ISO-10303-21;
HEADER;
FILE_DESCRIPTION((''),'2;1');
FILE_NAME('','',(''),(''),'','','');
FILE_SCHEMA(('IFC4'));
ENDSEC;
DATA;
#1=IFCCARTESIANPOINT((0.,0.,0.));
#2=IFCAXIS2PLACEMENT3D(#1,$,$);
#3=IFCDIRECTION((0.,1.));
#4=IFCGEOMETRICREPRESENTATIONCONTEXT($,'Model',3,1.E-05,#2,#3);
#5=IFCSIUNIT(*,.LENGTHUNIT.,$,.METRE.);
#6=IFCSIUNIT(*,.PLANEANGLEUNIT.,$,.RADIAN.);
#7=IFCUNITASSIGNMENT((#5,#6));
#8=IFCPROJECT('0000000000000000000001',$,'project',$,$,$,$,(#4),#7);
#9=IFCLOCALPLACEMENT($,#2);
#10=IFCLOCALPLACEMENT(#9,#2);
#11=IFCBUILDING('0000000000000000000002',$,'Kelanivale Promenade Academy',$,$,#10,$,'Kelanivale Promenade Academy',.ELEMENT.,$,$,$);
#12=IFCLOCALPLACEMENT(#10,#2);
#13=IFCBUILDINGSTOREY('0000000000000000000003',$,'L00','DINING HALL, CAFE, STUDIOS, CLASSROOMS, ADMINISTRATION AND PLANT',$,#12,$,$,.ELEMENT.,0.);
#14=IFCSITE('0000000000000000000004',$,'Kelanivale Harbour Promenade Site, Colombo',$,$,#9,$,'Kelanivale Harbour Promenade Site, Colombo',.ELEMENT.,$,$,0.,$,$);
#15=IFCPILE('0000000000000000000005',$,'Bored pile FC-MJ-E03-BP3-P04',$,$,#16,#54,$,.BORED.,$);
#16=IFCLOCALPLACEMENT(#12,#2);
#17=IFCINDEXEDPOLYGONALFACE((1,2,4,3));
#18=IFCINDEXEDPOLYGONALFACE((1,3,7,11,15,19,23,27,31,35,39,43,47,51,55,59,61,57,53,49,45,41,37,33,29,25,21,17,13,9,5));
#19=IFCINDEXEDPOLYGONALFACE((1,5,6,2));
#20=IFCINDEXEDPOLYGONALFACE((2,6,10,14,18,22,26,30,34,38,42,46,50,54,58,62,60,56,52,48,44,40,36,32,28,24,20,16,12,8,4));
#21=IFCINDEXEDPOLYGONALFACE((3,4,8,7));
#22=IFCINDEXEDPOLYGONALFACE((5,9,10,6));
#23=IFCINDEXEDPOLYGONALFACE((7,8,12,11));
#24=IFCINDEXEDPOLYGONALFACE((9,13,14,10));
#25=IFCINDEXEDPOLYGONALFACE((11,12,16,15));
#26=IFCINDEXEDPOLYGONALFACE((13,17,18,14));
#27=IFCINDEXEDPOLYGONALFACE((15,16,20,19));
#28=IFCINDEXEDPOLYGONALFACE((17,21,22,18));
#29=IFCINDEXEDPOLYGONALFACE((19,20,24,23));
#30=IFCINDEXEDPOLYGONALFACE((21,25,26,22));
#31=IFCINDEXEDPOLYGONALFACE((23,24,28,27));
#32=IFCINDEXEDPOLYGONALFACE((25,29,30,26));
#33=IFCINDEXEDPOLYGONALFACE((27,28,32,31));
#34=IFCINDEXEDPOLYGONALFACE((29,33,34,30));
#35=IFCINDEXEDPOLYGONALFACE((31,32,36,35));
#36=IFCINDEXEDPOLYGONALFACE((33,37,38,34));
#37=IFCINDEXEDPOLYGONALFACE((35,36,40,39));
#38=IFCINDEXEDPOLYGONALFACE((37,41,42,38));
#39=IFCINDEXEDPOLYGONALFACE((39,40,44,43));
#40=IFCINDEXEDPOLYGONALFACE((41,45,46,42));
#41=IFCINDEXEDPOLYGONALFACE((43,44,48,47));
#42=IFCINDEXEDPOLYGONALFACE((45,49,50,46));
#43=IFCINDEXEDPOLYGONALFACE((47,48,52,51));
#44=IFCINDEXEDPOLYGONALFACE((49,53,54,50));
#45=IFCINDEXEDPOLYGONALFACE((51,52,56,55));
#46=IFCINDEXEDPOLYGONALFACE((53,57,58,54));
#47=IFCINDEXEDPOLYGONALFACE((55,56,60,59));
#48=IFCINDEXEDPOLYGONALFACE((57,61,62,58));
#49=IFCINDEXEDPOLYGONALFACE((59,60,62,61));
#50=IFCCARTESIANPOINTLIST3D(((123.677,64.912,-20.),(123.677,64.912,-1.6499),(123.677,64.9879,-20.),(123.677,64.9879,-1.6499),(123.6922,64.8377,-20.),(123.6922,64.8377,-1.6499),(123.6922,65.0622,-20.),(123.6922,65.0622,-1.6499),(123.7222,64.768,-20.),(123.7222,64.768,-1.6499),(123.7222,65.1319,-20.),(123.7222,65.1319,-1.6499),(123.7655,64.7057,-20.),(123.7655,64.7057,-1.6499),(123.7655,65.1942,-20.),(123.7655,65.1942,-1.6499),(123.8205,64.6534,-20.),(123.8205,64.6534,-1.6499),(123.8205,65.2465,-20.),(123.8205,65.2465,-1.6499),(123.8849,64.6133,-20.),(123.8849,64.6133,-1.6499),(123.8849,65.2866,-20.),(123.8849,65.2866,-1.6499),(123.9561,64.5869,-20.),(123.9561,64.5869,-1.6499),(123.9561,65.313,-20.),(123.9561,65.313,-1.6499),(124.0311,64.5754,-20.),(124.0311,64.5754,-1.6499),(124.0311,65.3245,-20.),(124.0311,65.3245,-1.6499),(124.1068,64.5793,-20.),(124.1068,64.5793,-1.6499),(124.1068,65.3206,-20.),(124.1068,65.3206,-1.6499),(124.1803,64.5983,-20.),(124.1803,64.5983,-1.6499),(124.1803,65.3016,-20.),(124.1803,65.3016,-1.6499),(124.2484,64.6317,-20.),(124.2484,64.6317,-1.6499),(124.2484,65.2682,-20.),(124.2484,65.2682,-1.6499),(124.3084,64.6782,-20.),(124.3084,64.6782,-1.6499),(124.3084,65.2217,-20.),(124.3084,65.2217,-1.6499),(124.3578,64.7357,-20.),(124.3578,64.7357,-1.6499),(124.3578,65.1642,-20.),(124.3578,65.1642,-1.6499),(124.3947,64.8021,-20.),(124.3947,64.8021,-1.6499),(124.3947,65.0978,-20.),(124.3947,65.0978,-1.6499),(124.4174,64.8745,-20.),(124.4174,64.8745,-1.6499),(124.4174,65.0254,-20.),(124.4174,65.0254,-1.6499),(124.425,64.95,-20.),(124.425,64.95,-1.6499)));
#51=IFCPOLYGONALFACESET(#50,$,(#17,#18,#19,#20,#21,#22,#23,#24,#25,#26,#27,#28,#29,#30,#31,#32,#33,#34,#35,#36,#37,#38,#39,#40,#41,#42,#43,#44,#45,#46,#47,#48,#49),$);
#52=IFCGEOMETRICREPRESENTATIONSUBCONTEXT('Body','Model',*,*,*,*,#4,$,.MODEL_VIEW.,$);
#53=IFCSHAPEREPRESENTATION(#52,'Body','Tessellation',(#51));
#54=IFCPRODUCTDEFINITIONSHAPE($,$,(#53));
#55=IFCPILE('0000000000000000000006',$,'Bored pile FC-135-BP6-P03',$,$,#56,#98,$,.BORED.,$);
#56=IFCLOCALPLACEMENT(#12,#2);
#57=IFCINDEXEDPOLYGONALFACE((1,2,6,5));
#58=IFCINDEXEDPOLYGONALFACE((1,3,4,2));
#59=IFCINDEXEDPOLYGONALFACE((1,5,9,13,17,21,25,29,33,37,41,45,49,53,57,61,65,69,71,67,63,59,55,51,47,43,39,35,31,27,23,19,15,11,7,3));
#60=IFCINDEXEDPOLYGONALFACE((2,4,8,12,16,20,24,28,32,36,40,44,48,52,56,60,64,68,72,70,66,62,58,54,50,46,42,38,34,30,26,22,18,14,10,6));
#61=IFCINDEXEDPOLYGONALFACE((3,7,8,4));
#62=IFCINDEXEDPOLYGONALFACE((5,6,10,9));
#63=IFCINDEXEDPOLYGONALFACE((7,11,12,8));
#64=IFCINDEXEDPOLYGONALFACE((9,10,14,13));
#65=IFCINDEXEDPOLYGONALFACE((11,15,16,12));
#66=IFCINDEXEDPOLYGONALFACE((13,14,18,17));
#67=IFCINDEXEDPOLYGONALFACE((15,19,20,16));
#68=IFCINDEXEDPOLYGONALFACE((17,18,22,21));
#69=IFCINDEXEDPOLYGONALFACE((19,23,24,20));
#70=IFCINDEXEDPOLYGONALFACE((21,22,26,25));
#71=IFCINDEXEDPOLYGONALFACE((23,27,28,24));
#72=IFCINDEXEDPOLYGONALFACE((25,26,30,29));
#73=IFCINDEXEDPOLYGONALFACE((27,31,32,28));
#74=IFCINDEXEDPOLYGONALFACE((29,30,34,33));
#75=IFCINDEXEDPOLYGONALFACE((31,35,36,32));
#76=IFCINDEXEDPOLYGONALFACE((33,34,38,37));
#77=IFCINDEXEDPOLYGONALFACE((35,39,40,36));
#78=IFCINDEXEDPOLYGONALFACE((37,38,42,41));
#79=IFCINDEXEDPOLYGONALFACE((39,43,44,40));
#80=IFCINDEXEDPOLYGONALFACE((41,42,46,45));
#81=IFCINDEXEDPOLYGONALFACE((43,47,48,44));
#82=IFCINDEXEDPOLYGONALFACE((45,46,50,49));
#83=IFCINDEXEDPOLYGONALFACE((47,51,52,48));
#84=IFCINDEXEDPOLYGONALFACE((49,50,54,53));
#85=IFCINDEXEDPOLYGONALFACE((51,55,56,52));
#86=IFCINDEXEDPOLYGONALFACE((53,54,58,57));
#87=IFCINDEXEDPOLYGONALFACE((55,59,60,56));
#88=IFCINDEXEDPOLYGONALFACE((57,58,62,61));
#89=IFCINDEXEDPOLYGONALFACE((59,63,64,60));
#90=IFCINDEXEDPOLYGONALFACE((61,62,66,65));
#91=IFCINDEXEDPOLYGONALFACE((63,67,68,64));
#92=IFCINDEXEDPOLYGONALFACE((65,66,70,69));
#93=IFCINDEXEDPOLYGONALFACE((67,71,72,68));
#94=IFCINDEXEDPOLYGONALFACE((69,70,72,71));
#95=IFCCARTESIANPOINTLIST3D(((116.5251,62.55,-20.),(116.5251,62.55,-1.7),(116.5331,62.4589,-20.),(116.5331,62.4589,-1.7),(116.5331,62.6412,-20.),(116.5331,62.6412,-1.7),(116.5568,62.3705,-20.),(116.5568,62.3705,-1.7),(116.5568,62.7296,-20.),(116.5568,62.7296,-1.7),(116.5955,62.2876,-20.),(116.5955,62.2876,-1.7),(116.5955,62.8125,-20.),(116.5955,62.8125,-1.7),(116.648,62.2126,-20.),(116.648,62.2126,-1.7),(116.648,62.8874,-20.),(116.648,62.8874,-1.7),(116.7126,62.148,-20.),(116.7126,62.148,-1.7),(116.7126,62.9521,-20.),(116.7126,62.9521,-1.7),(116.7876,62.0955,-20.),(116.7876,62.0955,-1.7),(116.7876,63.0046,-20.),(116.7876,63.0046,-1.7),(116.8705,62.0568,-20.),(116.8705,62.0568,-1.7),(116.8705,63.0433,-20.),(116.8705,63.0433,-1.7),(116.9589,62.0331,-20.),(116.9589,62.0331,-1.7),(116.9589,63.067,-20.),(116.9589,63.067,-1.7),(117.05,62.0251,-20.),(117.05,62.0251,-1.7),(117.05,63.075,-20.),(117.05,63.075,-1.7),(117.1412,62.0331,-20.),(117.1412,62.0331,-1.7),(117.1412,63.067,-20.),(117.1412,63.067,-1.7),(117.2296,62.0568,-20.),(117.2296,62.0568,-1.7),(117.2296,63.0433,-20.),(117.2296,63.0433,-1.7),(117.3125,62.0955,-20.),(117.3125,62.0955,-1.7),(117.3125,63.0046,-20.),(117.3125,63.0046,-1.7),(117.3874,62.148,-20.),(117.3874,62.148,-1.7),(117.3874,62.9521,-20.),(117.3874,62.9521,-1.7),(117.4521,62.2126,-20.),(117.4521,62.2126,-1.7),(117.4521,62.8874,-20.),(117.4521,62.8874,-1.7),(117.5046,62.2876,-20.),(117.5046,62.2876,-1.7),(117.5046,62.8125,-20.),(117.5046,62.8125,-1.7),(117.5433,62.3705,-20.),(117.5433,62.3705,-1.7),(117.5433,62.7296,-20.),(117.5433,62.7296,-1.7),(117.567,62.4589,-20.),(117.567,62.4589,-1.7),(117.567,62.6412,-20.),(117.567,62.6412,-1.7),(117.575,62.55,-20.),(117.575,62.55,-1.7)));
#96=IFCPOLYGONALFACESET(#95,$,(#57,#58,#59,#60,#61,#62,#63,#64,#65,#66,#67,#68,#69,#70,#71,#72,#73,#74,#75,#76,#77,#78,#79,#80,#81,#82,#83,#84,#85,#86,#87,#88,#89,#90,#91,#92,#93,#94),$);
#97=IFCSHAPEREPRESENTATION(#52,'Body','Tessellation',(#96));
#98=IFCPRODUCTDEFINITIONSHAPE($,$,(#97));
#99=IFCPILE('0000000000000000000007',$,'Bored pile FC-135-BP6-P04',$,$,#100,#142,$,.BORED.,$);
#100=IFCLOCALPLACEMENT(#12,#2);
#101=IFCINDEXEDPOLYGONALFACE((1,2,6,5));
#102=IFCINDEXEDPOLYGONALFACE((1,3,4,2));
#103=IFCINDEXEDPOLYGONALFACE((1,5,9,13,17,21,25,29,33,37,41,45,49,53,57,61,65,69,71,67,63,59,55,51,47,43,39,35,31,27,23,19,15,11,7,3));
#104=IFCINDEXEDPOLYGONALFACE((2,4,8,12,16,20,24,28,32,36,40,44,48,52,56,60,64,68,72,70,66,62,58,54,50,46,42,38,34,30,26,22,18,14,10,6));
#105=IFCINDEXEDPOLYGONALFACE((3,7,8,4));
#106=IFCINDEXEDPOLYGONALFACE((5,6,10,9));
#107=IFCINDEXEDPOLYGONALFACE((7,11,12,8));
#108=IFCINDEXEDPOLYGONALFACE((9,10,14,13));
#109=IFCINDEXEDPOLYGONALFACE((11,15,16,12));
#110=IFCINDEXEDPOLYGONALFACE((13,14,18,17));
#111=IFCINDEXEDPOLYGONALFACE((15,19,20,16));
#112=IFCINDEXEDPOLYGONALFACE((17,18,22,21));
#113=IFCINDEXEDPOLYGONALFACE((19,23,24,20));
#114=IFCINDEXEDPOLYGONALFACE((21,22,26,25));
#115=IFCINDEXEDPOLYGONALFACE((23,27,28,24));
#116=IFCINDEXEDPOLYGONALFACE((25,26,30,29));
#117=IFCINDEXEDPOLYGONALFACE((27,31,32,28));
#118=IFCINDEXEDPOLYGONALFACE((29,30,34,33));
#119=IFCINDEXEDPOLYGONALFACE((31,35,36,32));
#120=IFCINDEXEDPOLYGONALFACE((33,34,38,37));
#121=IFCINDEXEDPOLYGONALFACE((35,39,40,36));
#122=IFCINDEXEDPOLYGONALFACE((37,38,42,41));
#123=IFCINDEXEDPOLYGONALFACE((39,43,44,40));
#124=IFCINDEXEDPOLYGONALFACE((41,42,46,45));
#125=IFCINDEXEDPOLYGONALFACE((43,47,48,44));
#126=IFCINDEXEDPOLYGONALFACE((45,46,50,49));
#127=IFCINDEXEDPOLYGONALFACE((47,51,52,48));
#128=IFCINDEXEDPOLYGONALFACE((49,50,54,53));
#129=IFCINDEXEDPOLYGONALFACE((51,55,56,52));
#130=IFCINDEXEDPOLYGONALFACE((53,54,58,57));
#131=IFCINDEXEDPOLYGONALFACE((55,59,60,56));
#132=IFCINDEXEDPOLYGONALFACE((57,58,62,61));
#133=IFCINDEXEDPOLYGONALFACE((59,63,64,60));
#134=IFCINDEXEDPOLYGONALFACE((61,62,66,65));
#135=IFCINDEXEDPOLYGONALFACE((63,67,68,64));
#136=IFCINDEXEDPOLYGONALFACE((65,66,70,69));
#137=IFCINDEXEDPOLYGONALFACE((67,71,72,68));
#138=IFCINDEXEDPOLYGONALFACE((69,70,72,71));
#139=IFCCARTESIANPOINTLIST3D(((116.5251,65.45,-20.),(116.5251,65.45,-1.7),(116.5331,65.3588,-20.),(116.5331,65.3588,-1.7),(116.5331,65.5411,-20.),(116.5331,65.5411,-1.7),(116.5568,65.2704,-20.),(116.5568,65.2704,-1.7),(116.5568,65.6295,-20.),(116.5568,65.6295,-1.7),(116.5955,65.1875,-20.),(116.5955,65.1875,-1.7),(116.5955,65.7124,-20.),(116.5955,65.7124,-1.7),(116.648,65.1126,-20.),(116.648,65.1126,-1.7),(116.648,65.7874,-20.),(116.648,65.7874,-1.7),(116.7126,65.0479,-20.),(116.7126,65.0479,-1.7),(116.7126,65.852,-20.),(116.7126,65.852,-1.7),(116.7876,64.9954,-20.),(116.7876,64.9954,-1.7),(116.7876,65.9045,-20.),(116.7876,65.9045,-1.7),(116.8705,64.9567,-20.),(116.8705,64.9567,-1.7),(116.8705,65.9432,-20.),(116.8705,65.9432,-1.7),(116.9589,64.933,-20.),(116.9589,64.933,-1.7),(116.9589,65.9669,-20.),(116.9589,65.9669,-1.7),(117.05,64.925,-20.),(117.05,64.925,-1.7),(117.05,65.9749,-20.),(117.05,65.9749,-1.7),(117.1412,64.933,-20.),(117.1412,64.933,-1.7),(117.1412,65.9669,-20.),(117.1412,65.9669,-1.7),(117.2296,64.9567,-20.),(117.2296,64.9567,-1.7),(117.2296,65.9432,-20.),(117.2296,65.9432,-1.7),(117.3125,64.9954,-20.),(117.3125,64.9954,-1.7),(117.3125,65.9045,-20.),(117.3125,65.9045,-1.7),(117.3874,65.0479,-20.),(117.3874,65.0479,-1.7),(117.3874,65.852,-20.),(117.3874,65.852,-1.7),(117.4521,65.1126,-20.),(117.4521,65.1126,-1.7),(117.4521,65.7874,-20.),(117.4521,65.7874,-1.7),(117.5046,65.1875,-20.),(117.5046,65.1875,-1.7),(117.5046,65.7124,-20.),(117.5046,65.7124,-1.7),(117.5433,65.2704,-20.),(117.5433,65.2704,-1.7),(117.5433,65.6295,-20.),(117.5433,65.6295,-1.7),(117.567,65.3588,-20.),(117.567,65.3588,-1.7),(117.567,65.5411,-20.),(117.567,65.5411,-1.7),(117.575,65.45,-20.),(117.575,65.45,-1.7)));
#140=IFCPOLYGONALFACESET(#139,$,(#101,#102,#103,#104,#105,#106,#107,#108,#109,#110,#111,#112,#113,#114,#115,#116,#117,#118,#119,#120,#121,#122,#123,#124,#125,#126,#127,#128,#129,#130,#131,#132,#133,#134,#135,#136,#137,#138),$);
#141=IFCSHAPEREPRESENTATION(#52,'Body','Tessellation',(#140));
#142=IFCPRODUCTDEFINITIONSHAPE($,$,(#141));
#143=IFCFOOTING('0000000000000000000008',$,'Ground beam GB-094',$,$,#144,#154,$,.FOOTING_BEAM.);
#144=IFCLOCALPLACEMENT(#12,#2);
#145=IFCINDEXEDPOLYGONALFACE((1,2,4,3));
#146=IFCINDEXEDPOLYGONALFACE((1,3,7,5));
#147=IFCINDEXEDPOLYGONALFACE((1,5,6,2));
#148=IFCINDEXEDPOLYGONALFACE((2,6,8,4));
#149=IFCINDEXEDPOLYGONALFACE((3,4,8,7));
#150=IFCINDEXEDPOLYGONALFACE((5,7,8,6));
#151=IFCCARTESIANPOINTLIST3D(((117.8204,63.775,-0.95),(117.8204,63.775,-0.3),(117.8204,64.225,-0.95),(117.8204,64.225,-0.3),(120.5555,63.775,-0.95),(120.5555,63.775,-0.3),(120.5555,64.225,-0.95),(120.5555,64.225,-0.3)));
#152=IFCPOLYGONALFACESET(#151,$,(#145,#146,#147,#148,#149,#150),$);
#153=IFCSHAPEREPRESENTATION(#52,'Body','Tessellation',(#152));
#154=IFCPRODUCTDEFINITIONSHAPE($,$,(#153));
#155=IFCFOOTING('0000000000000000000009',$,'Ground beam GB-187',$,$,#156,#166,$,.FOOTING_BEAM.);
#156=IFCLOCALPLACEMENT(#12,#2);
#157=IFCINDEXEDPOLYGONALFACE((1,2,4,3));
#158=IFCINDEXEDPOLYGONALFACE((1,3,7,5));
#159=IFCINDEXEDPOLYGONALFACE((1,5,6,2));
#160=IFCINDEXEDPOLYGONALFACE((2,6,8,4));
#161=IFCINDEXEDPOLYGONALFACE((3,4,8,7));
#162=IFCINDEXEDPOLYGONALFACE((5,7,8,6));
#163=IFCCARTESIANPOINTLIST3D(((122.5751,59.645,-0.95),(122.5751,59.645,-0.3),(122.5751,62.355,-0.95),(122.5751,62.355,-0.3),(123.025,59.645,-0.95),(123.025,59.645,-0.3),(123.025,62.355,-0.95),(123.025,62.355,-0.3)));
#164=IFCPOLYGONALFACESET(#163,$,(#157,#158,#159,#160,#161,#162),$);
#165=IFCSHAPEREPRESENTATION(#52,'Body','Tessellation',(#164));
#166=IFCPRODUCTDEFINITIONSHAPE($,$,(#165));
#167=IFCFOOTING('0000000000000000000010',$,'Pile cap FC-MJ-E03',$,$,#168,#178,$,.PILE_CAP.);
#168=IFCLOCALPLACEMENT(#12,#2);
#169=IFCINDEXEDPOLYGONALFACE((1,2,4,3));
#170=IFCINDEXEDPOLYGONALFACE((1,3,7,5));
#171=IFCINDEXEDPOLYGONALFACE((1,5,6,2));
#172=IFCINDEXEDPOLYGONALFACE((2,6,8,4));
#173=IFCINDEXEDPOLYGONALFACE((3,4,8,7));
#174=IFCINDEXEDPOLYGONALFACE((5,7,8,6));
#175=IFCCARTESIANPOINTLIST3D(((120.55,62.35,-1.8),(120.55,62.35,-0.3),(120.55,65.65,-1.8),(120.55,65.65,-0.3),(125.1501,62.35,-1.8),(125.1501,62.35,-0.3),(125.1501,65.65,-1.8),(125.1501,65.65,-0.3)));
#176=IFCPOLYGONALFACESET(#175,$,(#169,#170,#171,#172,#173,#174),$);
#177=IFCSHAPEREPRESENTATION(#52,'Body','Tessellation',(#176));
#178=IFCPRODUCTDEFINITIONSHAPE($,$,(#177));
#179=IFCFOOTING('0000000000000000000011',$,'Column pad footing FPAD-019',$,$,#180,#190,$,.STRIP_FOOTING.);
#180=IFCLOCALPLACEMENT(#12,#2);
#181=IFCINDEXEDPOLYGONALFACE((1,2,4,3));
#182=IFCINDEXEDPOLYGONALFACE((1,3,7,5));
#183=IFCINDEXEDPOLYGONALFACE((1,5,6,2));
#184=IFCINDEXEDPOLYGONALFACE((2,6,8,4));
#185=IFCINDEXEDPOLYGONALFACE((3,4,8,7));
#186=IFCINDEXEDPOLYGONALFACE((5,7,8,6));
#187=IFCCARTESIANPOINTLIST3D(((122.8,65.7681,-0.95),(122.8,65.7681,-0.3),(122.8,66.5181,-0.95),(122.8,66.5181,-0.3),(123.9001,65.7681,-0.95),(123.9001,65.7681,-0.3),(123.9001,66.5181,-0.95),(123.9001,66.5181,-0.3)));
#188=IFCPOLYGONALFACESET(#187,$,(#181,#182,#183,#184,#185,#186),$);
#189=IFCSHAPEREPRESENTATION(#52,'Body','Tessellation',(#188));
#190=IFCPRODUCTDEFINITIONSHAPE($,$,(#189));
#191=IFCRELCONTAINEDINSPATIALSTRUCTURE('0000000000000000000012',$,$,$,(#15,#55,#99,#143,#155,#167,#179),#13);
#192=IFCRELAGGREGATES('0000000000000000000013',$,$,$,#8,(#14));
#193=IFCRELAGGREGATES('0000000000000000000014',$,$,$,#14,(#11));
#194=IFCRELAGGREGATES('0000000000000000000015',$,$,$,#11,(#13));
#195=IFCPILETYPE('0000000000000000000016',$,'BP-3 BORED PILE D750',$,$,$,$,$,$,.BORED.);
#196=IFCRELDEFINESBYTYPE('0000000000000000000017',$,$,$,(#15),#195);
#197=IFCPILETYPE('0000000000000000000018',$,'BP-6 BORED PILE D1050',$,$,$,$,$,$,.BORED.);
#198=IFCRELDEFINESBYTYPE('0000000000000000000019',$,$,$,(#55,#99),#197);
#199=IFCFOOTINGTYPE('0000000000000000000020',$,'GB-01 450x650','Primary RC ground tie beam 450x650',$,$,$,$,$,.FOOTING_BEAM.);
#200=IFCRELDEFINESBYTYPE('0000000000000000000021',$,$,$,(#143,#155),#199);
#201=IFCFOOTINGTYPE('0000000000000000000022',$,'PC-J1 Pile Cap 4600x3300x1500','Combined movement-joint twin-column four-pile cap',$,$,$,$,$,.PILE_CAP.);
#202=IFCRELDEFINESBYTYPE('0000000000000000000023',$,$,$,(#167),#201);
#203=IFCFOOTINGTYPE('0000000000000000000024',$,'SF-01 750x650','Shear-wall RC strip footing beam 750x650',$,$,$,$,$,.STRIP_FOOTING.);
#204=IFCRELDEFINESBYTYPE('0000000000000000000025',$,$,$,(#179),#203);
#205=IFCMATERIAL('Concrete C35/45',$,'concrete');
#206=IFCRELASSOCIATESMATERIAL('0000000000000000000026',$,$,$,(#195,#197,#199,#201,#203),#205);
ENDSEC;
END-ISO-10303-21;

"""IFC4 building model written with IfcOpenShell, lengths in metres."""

from ifc_helpers import new_model, si_unit, direction, frame, origin, origin_2d, place, context, subcontext, project, spatial, rectangle, circle, extrude, material, material_profile, profile_set, type_object, element, save


model = new_model("IFC4")

# Units and contexts
model_context = context("Model", 3, precision=1e-05, world=origin(), true_north=direction((0.0, 1.0)))
body_context = subcontext(model_context, "Body", "Model", "MODEL_VIEW")
ifc_project = project(units=[si_unit("LENGTHUNIT", "METRE"), si_unit("PLANEANGLEUNIT", "RADIAN")], contexts=[model_context])

# Site, building, storey
site_placement = place(None, origin())
site = spatial("IfcSite", under=ifc_project, at=site_placement, Name="Kelanivale Harbour Promenade Site, Colombo", LongName="Kelanivale Harbour Promenade Site, Colombo", CompositionType="ELEMENT", RefElevation=0.0)
building_placement = place(site_placement, origin())
building = spatial("IfcBuilding", under=site, at=building_placement, Name="Kelanivale Promenade Academy", LongName="Kelanivale Promenade Academy", CompositionType="ELEMENT")
storey_placement = place(building_placement, origin())
storey = spatial("IfcBuildingStorey", under=building, at=storey_placement, Name="L00", Description="DINING HALL, CAFE, STUDIOS, CLASSROOMS, ADMINISTRATION AND PLANT", CompositionType="ELEMENT", Elevation=0.0)

# Piles
ifc_material_1 = material(Name="Concrete C35/45", Category="concrete")
ifc_material_profile_1 = material_profile(ifc_material_1, circle(Radius=0.375, at=origin_2d()), Name="BORED PILE D750")
ifc_profile_set_1 = profile_set([ifc_material_profile_1], Name="Concrete C35/45")
pile_type_1 = type_object("IfcPileType", Name="BP-3 BORED PILE D750", PredefinedType="BORED", material=ifc_profile_set_1)
for number, where, z_axis, x_axis, name in (
    (1, (124.05, 64.95, -1.6499), (0.0, 0.0, -1.0), (1.0, 0.0, 0.0), "Bored pile FC-MJ-E03-BP3-P04"),
):
    element("IfcPile", number, at=place(storey_placement, frame(where, z_axis=z_axis, x_axis=x_axis)), inside=storey, type_object=pile_type_1, Name=name, PredefinedType="BORED", context=body_context, shape_type="SweptSolid", body=[
        extrude(circle(Radius=0.375, at=origin_2d()), origin(), (0.0, 0.0, 1.0), 18.3501),
    ])
ifc_material_profile_2 = material_profile(ifc_material_1, circle(Radius=0.5249, at=origin_2d()), Name="BORED PILE D1050")
ifc_profile_set_2 = profile_set([ifc_material_profile_2], Name="Concrete C35/45")
pile_type_2 = type_object("IfcPileType", Name="BP-6 BORED PILE D1050", PredefinedType="BORED", material=ifc_profile_set_2)
for number, where, z_axis, x_axis, name in (
    (2, (117.05, 62.55, -1.7), (0.0, 0.0, -1.0), (1.0, 0.0, 0.0), "Bored pile FC-135-BP6-P03"),
    (3, (117.05, 65.45, -1.7), (0.0, 0.0, -1.0), (1.0, 0.0, 0.0), "Bored pile FC-135-BP6-P04"),
):
    element("IfcPile", number, at=place(storey_placement, frame(where, z_axis=z_axis, x_axis=x_axis)), inside=storey, type_object=pile_type_2, Name=name, PredefinedType="BORED", context=body_context, shape_type="SweptSolid", body=[
        extrude(circle(Radius=0.5249, at=origin_2d()), origin(), (0.0, 0.0, 1.0), 18.3),
    ])

# Footings
footing_type_1 = type_object("IfcFootingType", Name="GB-01 450x650", Description="Primary RC ground tie beam 450x650", PredefinedType="FOOTING_BEAM", material=ifc_material_1)
footing_1_placement = place(storey_placement, frame((119.188, 64.0, -0.95), z_axis=(0.0, 0.0, 1.0), x_axis=(1.0, 0.0, 0.0)))
element("IfcFooting", 4, at=footing_1_placement, inside=storey, type_object=footing_type_1, Name="Ground beam GB-094", PredefinedType="FOOTING_BEAM", context=body_context, shape_type="SweptSolid", body=[
    extrude(rectangle(XDim=2.7351, YDim=0.45, at=origin_2d()), origin(), (0.0, 0.0, 1.0), 0.6499),
])
footing_2_placement = place(storey_placement, frame((122.8, 61.0, -0.95), z_axis=(0.0, 0.0, 1.0), x_axis=(0.0, 1.0, 0.0)))
element("IfcFooting", 5, at=footing_2_placement, inside=storey, type_object=footing_type_1, Name="Ground beam GB-187", PredefinedType="FOOTING_BEAM", context=body_context, shape_type="SweptSolid", body=[
    extrude(rectangle(XDim=2.71, YDim=0.45, at=origin_2d()), origin(), (0.0, 0.0, 1.0), 0.6499),
])
footing_type_2 = type_object("IfcFootingType", Name="PC-J1 Pile Cap 4600x3300x1500", Description="Combined movement-joint twin-column four-pile cap", PredefinedType="PILE_CAP", material=ifc_material_1)
footing_3_placement = place(storey_placement, frame((122.8501, 64.0, -1.8), z_axis=(0.0, 0.0, 1.0), x_axis=(1.0, 0.0, 0.0)))
element("IfcFooting", 6, at=footing_3_placement, inside=storey, type_object=footing_type_2, Name="Pile cap FC-MJ-E03", PredefinedType="PILE_CAP", context=body_context, shape_type="SweptSolid", body=[
    extrude(rectangle(XDim=4.6001, YDim=3.3, at=origin_2d()), origin(), (0.0, 0.0, 1.0), 1.5),
])
footing_type_3 = type_object("IfcFootingType", Name="SF-01 750x650", Description="Shear-wall RC strip footing beam 750x650", PredefinedType="STRIP_FOOTING", material=ifc_material_1)
footing_4_placement = place(storey_placement, frame((123.3501, 66.1431, -0.95), z_axis=(0.0, 0.0, 1.0), x_axis=(1.0, 0.0, 0.0)))
element("IfcFooting", 7, at=footing_4_placement, inside=storey, type_object=footing_type_3, Name="Column pad footing FPAD-019", PredefinedType="STRIP_FOOTING", context=body_context, shape_type="SweptSolid", body=[
    extrude(rectangle(XDim=1.1001, YDim=0.75, at=origin_2d()), origin(), (0.0, 0.0, 1.0), 0.6499),
])

save(model, "model.ifc")
